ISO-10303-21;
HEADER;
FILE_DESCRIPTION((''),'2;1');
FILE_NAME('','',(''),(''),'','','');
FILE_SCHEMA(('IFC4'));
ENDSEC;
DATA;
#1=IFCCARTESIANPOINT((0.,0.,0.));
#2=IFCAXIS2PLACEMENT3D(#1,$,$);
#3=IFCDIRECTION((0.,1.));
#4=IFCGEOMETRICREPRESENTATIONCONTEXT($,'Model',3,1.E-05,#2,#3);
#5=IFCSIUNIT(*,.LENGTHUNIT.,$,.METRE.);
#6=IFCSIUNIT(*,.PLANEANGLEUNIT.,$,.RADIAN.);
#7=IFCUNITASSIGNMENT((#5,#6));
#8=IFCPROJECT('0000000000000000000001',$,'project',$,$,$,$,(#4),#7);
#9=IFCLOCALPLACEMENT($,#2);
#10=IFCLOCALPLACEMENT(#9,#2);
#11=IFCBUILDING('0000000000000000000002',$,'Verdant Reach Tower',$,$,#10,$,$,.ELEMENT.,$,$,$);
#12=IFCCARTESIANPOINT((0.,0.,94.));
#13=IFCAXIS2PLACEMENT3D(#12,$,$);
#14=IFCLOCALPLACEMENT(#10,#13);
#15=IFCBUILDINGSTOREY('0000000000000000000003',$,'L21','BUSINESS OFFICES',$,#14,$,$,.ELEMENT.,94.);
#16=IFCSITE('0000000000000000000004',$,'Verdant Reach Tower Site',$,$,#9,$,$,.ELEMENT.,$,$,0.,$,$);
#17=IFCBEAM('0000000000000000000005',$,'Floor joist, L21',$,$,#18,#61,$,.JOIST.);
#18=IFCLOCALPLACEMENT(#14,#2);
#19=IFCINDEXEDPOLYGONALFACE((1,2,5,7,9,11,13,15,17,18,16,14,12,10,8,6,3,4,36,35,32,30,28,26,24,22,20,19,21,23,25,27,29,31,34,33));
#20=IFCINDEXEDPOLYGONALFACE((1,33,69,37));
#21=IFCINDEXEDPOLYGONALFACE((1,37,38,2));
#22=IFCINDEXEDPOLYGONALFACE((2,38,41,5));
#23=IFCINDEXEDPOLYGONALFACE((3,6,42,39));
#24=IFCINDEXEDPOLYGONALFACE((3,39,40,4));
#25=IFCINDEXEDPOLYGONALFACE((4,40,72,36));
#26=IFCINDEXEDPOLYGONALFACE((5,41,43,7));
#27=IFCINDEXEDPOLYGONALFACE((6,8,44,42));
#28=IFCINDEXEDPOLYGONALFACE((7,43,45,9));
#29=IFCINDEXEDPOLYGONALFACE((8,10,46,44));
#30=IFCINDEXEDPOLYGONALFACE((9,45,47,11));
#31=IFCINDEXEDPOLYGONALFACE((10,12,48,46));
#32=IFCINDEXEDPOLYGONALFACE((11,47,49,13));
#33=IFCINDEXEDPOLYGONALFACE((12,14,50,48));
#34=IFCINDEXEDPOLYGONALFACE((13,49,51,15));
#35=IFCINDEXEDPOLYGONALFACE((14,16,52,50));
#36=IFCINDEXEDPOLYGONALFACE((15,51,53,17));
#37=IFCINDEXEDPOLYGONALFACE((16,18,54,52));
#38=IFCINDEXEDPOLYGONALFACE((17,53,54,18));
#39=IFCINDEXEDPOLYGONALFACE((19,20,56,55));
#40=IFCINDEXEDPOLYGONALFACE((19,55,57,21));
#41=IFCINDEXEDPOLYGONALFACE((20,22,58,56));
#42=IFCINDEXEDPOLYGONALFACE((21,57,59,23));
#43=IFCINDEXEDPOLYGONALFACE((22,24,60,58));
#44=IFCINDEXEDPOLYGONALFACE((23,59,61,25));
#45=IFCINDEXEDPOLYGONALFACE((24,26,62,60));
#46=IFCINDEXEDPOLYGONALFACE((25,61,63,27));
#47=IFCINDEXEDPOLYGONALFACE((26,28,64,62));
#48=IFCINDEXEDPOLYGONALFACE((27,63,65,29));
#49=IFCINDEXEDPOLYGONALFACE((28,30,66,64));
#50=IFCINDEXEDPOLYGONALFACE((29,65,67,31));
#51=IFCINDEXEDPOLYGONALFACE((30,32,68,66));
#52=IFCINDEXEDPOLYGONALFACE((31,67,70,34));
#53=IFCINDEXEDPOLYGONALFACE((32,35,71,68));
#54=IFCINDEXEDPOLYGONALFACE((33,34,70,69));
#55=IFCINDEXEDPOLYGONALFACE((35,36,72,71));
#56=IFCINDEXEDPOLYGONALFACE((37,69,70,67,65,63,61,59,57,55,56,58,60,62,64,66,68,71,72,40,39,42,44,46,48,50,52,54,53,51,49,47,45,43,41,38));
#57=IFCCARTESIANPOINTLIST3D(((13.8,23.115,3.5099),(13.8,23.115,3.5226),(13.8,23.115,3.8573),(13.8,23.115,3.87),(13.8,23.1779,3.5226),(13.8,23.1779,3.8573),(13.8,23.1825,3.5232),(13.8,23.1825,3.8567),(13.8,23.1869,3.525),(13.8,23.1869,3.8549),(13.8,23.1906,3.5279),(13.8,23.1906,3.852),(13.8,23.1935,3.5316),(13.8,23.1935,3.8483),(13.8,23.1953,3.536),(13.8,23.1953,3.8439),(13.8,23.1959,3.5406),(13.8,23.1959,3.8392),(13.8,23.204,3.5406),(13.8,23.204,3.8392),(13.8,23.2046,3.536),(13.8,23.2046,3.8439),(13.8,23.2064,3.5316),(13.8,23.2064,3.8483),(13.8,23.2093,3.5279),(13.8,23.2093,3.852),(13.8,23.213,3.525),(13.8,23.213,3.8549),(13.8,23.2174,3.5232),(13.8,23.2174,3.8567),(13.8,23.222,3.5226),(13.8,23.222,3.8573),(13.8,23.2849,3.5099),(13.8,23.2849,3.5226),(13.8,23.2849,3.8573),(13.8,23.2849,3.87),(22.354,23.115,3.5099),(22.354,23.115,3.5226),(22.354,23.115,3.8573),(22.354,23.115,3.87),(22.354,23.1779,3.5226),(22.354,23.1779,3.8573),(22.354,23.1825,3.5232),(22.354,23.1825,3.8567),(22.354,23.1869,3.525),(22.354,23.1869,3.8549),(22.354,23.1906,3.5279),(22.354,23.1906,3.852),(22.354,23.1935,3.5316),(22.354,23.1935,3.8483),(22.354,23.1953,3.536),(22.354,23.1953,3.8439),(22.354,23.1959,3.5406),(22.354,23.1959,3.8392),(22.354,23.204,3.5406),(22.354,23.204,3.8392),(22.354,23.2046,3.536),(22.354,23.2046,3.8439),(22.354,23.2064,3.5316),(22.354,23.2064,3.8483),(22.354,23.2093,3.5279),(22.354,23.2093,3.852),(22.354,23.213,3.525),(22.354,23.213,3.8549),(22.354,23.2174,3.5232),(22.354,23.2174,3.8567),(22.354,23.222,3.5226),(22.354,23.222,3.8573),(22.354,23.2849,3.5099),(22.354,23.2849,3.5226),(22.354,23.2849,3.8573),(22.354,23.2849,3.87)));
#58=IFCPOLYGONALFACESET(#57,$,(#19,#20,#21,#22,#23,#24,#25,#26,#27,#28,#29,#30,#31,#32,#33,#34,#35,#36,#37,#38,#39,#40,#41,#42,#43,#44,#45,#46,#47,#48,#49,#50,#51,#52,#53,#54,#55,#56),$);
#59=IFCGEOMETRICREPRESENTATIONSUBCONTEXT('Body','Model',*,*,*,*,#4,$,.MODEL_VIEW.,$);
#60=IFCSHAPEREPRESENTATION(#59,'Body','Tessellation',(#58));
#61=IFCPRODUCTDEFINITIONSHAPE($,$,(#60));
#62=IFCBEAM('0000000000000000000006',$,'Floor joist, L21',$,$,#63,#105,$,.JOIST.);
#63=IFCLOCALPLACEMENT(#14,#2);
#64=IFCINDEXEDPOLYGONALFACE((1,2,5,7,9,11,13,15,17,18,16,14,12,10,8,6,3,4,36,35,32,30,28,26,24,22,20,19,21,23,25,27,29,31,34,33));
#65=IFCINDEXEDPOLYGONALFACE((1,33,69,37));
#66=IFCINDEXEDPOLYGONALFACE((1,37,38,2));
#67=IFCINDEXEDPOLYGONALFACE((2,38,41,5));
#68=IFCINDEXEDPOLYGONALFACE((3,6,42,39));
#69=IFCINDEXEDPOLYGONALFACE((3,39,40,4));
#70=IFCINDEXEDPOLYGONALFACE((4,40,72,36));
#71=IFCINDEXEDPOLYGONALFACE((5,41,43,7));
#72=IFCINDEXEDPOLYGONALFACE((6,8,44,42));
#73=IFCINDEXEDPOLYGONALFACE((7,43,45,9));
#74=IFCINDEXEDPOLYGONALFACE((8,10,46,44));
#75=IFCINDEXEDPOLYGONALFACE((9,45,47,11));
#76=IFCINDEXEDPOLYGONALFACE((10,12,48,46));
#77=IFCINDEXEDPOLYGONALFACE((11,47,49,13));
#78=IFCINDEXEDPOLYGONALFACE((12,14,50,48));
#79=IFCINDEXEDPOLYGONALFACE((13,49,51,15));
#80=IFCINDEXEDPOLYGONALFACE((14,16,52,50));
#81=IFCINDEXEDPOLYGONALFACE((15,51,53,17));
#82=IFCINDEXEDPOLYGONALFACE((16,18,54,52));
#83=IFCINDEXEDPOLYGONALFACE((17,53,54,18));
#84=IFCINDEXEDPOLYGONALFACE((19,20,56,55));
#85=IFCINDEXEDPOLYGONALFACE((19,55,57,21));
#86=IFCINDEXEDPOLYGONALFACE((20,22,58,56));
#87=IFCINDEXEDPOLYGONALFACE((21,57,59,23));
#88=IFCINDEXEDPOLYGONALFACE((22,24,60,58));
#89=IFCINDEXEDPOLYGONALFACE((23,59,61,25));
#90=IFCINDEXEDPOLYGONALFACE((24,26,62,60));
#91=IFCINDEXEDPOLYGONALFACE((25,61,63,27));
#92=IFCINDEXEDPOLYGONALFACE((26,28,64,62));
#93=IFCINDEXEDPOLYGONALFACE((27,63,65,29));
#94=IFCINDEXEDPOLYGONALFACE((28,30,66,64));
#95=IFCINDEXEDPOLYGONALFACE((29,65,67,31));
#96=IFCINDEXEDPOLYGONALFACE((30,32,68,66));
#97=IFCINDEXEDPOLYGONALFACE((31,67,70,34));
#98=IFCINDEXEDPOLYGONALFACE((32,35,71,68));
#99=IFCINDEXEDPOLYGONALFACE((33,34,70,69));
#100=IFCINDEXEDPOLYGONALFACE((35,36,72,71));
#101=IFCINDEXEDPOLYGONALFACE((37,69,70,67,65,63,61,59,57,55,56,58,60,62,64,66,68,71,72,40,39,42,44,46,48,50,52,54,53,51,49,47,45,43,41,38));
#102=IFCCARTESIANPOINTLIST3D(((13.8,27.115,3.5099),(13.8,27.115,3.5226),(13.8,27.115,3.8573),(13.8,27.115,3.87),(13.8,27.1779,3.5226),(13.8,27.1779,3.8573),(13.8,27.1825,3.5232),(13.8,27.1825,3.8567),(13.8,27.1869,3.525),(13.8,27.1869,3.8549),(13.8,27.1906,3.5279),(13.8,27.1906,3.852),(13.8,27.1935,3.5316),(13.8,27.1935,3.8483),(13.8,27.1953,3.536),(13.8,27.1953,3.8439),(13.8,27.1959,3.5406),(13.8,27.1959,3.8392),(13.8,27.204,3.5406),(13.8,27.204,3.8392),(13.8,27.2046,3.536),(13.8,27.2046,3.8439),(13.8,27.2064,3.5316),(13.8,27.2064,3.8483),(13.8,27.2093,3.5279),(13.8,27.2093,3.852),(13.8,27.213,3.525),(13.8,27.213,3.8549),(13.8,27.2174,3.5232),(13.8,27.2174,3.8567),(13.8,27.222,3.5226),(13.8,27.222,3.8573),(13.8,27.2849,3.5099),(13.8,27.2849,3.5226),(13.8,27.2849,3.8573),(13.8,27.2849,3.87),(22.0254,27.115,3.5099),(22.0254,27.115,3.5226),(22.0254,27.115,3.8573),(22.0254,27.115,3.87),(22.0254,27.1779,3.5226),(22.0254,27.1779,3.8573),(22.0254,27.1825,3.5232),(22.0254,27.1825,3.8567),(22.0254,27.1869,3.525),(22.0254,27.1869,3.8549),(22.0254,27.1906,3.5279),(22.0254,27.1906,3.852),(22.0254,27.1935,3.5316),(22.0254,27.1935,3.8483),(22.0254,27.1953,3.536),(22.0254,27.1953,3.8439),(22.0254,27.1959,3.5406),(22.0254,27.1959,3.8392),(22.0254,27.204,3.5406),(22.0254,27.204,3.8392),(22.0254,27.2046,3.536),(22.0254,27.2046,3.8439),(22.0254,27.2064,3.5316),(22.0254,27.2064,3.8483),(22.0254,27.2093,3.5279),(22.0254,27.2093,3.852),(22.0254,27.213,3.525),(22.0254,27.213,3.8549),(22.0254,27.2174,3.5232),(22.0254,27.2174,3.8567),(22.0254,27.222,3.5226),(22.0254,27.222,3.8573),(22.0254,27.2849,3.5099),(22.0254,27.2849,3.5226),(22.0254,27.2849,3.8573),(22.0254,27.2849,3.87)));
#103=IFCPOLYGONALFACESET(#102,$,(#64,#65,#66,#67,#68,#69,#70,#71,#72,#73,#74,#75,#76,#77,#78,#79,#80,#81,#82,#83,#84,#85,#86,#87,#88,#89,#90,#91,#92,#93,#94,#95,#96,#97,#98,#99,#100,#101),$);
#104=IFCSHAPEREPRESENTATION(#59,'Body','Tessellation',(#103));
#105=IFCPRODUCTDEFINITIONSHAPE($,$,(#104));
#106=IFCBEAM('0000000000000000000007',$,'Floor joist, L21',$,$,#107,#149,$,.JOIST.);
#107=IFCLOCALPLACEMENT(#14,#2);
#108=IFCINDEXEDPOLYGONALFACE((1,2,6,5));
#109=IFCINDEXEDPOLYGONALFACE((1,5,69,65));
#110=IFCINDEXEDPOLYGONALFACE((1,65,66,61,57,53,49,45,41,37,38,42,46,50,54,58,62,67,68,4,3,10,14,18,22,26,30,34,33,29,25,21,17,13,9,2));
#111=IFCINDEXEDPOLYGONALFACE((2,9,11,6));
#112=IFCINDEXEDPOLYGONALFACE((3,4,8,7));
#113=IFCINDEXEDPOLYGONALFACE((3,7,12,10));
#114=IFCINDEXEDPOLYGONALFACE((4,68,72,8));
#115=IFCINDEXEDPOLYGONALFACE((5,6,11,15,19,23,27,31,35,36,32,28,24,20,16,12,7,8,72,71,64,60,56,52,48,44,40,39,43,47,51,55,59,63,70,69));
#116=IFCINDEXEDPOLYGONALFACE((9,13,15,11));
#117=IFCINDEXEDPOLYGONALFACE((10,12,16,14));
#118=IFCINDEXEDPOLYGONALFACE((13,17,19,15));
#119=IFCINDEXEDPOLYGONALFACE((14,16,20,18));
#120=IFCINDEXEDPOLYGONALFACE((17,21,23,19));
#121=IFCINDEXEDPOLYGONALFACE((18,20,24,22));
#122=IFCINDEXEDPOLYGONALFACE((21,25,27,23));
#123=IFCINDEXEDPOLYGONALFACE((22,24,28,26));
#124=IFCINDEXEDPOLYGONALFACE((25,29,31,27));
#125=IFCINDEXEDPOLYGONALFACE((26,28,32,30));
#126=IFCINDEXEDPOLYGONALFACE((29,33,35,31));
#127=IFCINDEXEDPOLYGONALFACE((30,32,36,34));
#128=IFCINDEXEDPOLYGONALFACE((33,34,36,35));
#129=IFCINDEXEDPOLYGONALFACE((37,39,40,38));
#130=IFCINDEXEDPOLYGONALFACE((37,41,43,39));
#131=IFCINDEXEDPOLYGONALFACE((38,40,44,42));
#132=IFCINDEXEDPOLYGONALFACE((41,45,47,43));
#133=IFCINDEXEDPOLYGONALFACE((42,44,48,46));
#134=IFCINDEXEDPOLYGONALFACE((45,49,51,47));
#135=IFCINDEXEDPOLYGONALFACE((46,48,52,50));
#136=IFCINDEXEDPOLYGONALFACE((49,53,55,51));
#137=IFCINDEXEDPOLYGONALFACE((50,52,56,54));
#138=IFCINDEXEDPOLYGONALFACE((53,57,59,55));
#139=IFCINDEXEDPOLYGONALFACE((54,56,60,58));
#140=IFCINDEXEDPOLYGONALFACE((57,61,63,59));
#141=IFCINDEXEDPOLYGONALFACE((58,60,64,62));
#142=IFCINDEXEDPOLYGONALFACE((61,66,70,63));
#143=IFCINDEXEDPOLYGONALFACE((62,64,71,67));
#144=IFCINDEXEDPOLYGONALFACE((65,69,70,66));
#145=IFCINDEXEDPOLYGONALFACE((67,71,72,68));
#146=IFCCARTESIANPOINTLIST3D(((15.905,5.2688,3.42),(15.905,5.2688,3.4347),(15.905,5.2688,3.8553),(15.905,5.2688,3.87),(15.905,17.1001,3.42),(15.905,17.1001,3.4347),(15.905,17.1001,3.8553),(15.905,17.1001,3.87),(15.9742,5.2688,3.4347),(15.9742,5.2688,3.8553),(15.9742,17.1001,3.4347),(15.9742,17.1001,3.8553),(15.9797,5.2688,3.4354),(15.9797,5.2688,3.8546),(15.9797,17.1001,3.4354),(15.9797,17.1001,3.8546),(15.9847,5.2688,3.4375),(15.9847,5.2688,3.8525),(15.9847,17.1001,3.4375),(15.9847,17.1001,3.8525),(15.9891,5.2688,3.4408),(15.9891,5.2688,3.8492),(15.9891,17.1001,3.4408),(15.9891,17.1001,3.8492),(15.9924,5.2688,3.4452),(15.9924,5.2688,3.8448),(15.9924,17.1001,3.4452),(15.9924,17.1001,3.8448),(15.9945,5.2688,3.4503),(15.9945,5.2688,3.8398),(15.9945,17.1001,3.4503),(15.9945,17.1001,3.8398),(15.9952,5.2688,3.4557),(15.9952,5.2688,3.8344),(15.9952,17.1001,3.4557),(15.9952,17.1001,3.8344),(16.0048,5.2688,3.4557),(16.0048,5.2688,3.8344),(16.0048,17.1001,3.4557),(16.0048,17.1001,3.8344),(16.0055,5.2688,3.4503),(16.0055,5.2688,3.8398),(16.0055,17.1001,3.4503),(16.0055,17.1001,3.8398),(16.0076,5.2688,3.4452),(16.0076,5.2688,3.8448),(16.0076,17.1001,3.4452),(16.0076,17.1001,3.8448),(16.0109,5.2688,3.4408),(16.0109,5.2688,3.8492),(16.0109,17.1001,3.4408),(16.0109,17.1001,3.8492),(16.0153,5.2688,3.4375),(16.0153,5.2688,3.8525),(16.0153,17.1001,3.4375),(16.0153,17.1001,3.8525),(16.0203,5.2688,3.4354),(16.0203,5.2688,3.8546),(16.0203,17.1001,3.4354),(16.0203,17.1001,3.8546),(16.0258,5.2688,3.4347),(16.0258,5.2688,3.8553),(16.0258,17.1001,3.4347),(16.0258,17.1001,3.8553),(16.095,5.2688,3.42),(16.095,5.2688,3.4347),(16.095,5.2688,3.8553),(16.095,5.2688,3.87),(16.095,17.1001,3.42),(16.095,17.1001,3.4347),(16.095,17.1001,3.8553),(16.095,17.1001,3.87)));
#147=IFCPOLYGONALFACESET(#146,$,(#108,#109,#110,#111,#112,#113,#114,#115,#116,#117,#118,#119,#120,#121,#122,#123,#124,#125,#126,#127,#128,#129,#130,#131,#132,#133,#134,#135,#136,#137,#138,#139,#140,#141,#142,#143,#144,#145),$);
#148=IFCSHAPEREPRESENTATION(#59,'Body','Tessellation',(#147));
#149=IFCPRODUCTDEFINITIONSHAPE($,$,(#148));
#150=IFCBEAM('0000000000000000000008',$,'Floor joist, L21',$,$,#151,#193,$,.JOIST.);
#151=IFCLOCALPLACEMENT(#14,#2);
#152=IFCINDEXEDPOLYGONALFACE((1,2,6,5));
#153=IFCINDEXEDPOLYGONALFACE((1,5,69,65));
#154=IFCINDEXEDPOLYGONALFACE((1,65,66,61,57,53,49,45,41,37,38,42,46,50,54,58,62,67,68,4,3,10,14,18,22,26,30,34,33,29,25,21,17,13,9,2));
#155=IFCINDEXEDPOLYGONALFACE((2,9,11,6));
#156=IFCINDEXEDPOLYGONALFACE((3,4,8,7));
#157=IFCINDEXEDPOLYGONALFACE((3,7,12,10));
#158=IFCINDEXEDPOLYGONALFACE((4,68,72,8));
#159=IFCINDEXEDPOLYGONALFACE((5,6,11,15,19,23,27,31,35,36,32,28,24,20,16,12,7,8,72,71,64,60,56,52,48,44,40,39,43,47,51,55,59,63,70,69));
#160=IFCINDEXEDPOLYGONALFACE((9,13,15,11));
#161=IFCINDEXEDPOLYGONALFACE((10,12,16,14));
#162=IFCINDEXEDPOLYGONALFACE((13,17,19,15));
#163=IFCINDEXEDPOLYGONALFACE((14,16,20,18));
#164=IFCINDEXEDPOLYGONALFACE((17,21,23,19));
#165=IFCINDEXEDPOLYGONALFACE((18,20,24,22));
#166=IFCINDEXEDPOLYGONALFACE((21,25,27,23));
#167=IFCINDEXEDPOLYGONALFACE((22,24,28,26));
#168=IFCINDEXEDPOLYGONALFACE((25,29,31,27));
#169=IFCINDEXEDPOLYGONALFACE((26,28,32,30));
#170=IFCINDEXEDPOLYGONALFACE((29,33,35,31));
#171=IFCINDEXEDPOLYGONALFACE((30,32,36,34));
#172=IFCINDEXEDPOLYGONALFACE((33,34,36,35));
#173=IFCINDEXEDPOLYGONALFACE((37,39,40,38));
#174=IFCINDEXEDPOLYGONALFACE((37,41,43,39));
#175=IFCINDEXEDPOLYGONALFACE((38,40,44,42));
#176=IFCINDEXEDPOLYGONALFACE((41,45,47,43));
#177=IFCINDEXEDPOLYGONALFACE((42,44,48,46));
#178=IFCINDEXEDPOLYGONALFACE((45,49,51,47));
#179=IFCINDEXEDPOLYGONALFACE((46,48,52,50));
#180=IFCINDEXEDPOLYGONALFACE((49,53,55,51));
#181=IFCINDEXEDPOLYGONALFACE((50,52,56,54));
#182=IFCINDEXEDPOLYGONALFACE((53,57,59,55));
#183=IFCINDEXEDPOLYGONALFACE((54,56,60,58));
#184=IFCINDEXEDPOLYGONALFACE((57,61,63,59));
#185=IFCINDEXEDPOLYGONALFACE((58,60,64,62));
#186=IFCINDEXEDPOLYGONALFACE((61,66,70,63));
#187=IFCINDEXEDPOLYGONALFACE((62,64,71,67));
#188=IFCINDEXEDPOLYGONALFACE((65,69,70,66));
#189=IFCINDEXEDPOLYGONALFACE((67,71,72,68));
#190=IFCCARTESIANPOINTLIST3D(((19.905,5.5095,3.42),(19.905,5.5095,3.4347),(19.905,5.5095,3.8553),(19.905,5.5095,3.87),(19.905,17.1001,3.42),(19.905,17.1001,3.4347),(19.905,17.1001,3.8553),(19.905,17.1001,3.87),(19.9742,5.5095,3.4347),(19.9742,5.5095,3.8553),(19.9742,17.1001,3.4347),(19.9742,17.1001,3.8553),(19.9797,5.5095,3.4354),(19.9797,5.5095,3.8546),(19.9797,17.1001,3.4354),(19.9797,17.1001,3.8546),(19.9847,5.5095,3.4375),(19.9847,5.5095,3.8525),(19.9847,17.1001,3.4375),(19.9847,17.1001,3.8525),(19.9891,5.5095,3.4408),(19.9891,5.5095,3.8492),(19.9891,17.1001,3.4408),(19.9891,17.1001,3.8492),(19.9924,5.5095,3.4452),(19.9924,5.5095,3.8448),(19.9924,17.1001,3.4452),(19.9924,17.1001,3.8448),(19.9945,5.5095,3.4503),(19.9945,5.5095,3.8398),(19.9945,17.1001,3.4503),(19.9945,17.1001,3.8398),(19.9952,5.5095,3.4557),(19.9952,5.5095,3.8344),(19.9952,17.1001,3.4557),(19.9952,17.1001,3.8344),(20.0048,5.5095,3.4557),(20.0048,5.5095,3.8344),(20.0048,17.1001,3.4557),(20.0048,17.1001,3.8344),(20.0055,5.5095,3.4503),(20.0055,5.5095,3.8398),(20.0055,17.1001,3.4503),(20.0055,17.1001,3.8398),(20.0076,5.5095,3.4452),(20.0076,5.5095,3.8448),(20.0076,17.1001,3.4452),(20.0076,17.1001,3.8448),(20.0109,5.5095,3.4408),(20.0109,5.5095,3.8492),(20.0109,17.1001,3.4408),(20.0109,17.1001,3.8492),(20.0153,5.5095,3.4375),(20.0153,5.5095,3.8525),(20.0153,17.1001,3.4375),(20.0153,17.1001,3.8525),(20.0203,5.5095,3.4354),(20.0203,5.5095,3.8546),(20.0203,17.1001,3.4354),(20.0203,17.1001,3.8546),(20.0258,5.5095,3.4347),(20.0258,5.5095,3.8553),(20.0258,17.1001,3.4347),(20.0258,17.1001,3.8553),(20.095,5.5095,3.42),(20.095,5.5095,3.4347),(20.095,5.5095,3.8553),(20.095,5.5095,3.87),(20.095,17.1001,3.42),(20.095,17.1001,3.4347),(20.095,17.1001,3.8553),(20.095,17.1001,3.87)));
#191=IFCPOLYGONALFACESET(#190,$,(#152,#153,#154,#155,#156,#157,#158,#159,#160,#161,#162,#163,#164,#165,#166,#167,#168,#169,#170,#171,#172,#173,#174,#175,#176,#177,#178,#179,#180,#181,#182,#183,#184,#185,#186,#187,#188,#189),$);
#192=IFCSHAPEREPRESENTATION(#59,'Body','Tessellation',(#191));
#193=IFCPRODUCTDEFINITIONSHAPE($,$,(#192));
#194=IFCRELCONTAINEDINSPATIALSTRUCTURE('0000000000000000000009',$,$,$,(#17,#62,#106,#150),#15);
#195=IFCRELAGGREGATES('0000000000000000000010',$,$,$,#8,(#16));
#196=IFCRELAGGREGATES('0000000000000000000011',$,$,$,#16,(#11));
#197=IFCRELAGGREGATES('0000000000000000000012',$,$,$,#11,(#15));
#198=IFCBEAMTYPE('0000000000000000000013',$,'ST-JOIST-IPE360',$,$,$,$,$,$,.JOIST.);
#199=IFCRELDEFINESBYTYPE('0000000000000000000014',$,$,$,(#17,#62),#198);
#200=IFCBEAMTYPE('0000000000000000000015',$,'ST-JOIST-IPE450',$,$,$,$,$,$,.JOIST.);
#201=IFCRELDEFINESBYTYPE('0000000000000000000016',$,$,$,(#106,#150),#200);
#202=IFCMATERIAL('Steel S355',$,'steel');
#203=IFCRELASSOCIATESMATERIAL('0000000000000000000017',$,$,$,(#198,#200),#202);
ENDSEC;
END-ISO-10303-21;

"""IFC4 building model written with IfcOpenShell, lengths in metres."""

from ifc_helpers import new_model, si_unit, direction, frame, origin, origin_2d, place, context, subcontext, project, spatial, i_section, extrude, material, material_profile, profile_set, type_object, element, save


model = new_model("IFC4")

# Units and contexts
model_context = context("Model", 3, precision=1e-05, world=origin(), true_north=direction((0.0, 1.0)))
body_context = subcontext(model_context, "Body", "Model", "MODEL_VIEW")
ifc_project = project(units=[si_unit("LENGTHUNIT", "METRE"), si_unit("PLANEANGLEUNIT", "RADIAN")], contexts=[model_context])

# Site, building, storey
site_placement = place(None, origin())
site = spatial("IfcSite", under=ifc_project, at=site_placement, Name="Verdant Reach Tower Site", CompositionType="ELEMENT", RefElevation=0.0)
building_placement = place(site_placement, origin())
building = spatial("IfcBuilding", under=site, at=building_placement, Name="Verdant Reach Tower", CompositionType="ELEMENT")
storey_placement = place(building_placement, frame((0.0, 0.0, 94.0)))
storey = spatial("IfcBuildingStorey", under=building, at=storey_placement, Name="L21", Description="BUSINESS OFFICES", CompositionType="ELEMENT", Elevation=94.0)

# Beams
ifc_material_1 = material(Name="Steel S355", Category="steel")
ifc_material_profile_1 = material_profile(ifc_material_1, i_section(OverallWidth=0.1699, OverallDepth=0.3601, WebThickness=0.0081, FlangeThickness=0.0127, FilletRadius=0.0181, at=origin_2d()), Name="IPE 360")
ifc_profile_set_1 = profile_set([ifc_material_profile_1], Name="Steel S355")
beam_type_1 = type_object("IfcBeamType", Name="ST-JOIST-IPE360", PredefinedType="JOIST", material=ifc_profile_set_1)
beam_1_placement = place(storey_placement, frame((13.8, 23.2, 3.6899), z_axis=(1.0, 0.0, 0.0), x_axis=(0.0, 1.0, 0.0)))
element("IfcBeam", 1, at=beam_1_placement, inside=storey, type_object=beam_type_1, Name="Floor joist, L21", PredefinedType="JOIST", context=body_context, shape_type="SweptSolid", body=[
    extrude(i_section(OverallWidth=0.1699, OverallDepth=0.3601, WebThickness=0.0081, FlangeThickness=0.0127, FilletRadius=0.0181, at=origin_2d()), origin(), (0.0, 0.0, 1.0), 8.554),
])
beam_2_placement = place(storey_placement, frame((13.8, 27.2, 3.6899), z_axis=(1.0, 0.0, 0.0), x_axis=(0.0, 1.0, 0.0)))
element("IfcBeam", 2, at=beam_2_placement, inside=storey, type_object=beam_type_1, Name="Floor joist, L21", PredefinedType="JOIST", context=body_context, shape_type="SweptSolid", body=[
    extrude(i_section(OverallWidth=0.1699, OverallDepth=0.3601, WebThickness=0.0081, FlangeThickness=0.0127, FilletRadius=0.0181, at=origin_2d()), origin(), (0.0, 0.0, 1.0), 8.2253),
])
ifc_material_profile_2 = material_profile(ifc_material_1, i_section(OverallWidth=0.1899, OverallDepth=0.45, WebThickness=0.0095, FlangeThickness=0.0146, FilletRadius=0.021, at=origin_2d()), Name="IPE 450")
ifc_profile_set_2 = profile_set([ifc_material_profile_2], Name="Steel S355")
beam_type_2 = type_object("IfcBeamType", Name="ST-JOIST-IPE450", PredefinedType="JOIST", material=ifc_profile_set_2)
beam_3_placement = place(storey_placement, frame((16.0, 17.1001, 3.645), z_axis=(0.0, -1.0, 0.0), x_axis=(1.0, 0.0, 0.0)))
element("IfcBeam", 3, at=beam_3_placement, inside=storey, type_object=beam_type_2, Name="Floor joist, L21", PredefinedType="JOIST", context=body_context, shape_type="SweptSolid", body=[
    extrude(i_section(OverallWidth=0.1899, OverallDepth=0.45, WebThickness=0.0095, FlangeThickness=0.0146, FilletRadius=0.021, at=origin_2d()), origin(), (0.0, 0.0, 1.0), 11.8313),
])
beam_4_placement = place(storey_placement, frame((20.0, 17.1001, 3.645), z_axis=(0.0, -1.0, 0.0), x_axis=(1.0, 0.0, 0.0)))
element("IfcBeam", 4, at=beam_4_placement, inside=storey, type_object=beam_type_2, Name="Floor joist, L21", PredefinedType="JOIST", context=body_context, shape_type="SweptSolid", body=[
    extrude(i_section(OverallWidth=0.1899, OverallDepth=0.45, WebThickness=0.0095, FlangeThickness=0.0146, FilletRadius=0.021, at=origin_2d()), origin(), (0.0, 0.0, 1.0), 11.5906),
])

save(model, "model.ifc")
